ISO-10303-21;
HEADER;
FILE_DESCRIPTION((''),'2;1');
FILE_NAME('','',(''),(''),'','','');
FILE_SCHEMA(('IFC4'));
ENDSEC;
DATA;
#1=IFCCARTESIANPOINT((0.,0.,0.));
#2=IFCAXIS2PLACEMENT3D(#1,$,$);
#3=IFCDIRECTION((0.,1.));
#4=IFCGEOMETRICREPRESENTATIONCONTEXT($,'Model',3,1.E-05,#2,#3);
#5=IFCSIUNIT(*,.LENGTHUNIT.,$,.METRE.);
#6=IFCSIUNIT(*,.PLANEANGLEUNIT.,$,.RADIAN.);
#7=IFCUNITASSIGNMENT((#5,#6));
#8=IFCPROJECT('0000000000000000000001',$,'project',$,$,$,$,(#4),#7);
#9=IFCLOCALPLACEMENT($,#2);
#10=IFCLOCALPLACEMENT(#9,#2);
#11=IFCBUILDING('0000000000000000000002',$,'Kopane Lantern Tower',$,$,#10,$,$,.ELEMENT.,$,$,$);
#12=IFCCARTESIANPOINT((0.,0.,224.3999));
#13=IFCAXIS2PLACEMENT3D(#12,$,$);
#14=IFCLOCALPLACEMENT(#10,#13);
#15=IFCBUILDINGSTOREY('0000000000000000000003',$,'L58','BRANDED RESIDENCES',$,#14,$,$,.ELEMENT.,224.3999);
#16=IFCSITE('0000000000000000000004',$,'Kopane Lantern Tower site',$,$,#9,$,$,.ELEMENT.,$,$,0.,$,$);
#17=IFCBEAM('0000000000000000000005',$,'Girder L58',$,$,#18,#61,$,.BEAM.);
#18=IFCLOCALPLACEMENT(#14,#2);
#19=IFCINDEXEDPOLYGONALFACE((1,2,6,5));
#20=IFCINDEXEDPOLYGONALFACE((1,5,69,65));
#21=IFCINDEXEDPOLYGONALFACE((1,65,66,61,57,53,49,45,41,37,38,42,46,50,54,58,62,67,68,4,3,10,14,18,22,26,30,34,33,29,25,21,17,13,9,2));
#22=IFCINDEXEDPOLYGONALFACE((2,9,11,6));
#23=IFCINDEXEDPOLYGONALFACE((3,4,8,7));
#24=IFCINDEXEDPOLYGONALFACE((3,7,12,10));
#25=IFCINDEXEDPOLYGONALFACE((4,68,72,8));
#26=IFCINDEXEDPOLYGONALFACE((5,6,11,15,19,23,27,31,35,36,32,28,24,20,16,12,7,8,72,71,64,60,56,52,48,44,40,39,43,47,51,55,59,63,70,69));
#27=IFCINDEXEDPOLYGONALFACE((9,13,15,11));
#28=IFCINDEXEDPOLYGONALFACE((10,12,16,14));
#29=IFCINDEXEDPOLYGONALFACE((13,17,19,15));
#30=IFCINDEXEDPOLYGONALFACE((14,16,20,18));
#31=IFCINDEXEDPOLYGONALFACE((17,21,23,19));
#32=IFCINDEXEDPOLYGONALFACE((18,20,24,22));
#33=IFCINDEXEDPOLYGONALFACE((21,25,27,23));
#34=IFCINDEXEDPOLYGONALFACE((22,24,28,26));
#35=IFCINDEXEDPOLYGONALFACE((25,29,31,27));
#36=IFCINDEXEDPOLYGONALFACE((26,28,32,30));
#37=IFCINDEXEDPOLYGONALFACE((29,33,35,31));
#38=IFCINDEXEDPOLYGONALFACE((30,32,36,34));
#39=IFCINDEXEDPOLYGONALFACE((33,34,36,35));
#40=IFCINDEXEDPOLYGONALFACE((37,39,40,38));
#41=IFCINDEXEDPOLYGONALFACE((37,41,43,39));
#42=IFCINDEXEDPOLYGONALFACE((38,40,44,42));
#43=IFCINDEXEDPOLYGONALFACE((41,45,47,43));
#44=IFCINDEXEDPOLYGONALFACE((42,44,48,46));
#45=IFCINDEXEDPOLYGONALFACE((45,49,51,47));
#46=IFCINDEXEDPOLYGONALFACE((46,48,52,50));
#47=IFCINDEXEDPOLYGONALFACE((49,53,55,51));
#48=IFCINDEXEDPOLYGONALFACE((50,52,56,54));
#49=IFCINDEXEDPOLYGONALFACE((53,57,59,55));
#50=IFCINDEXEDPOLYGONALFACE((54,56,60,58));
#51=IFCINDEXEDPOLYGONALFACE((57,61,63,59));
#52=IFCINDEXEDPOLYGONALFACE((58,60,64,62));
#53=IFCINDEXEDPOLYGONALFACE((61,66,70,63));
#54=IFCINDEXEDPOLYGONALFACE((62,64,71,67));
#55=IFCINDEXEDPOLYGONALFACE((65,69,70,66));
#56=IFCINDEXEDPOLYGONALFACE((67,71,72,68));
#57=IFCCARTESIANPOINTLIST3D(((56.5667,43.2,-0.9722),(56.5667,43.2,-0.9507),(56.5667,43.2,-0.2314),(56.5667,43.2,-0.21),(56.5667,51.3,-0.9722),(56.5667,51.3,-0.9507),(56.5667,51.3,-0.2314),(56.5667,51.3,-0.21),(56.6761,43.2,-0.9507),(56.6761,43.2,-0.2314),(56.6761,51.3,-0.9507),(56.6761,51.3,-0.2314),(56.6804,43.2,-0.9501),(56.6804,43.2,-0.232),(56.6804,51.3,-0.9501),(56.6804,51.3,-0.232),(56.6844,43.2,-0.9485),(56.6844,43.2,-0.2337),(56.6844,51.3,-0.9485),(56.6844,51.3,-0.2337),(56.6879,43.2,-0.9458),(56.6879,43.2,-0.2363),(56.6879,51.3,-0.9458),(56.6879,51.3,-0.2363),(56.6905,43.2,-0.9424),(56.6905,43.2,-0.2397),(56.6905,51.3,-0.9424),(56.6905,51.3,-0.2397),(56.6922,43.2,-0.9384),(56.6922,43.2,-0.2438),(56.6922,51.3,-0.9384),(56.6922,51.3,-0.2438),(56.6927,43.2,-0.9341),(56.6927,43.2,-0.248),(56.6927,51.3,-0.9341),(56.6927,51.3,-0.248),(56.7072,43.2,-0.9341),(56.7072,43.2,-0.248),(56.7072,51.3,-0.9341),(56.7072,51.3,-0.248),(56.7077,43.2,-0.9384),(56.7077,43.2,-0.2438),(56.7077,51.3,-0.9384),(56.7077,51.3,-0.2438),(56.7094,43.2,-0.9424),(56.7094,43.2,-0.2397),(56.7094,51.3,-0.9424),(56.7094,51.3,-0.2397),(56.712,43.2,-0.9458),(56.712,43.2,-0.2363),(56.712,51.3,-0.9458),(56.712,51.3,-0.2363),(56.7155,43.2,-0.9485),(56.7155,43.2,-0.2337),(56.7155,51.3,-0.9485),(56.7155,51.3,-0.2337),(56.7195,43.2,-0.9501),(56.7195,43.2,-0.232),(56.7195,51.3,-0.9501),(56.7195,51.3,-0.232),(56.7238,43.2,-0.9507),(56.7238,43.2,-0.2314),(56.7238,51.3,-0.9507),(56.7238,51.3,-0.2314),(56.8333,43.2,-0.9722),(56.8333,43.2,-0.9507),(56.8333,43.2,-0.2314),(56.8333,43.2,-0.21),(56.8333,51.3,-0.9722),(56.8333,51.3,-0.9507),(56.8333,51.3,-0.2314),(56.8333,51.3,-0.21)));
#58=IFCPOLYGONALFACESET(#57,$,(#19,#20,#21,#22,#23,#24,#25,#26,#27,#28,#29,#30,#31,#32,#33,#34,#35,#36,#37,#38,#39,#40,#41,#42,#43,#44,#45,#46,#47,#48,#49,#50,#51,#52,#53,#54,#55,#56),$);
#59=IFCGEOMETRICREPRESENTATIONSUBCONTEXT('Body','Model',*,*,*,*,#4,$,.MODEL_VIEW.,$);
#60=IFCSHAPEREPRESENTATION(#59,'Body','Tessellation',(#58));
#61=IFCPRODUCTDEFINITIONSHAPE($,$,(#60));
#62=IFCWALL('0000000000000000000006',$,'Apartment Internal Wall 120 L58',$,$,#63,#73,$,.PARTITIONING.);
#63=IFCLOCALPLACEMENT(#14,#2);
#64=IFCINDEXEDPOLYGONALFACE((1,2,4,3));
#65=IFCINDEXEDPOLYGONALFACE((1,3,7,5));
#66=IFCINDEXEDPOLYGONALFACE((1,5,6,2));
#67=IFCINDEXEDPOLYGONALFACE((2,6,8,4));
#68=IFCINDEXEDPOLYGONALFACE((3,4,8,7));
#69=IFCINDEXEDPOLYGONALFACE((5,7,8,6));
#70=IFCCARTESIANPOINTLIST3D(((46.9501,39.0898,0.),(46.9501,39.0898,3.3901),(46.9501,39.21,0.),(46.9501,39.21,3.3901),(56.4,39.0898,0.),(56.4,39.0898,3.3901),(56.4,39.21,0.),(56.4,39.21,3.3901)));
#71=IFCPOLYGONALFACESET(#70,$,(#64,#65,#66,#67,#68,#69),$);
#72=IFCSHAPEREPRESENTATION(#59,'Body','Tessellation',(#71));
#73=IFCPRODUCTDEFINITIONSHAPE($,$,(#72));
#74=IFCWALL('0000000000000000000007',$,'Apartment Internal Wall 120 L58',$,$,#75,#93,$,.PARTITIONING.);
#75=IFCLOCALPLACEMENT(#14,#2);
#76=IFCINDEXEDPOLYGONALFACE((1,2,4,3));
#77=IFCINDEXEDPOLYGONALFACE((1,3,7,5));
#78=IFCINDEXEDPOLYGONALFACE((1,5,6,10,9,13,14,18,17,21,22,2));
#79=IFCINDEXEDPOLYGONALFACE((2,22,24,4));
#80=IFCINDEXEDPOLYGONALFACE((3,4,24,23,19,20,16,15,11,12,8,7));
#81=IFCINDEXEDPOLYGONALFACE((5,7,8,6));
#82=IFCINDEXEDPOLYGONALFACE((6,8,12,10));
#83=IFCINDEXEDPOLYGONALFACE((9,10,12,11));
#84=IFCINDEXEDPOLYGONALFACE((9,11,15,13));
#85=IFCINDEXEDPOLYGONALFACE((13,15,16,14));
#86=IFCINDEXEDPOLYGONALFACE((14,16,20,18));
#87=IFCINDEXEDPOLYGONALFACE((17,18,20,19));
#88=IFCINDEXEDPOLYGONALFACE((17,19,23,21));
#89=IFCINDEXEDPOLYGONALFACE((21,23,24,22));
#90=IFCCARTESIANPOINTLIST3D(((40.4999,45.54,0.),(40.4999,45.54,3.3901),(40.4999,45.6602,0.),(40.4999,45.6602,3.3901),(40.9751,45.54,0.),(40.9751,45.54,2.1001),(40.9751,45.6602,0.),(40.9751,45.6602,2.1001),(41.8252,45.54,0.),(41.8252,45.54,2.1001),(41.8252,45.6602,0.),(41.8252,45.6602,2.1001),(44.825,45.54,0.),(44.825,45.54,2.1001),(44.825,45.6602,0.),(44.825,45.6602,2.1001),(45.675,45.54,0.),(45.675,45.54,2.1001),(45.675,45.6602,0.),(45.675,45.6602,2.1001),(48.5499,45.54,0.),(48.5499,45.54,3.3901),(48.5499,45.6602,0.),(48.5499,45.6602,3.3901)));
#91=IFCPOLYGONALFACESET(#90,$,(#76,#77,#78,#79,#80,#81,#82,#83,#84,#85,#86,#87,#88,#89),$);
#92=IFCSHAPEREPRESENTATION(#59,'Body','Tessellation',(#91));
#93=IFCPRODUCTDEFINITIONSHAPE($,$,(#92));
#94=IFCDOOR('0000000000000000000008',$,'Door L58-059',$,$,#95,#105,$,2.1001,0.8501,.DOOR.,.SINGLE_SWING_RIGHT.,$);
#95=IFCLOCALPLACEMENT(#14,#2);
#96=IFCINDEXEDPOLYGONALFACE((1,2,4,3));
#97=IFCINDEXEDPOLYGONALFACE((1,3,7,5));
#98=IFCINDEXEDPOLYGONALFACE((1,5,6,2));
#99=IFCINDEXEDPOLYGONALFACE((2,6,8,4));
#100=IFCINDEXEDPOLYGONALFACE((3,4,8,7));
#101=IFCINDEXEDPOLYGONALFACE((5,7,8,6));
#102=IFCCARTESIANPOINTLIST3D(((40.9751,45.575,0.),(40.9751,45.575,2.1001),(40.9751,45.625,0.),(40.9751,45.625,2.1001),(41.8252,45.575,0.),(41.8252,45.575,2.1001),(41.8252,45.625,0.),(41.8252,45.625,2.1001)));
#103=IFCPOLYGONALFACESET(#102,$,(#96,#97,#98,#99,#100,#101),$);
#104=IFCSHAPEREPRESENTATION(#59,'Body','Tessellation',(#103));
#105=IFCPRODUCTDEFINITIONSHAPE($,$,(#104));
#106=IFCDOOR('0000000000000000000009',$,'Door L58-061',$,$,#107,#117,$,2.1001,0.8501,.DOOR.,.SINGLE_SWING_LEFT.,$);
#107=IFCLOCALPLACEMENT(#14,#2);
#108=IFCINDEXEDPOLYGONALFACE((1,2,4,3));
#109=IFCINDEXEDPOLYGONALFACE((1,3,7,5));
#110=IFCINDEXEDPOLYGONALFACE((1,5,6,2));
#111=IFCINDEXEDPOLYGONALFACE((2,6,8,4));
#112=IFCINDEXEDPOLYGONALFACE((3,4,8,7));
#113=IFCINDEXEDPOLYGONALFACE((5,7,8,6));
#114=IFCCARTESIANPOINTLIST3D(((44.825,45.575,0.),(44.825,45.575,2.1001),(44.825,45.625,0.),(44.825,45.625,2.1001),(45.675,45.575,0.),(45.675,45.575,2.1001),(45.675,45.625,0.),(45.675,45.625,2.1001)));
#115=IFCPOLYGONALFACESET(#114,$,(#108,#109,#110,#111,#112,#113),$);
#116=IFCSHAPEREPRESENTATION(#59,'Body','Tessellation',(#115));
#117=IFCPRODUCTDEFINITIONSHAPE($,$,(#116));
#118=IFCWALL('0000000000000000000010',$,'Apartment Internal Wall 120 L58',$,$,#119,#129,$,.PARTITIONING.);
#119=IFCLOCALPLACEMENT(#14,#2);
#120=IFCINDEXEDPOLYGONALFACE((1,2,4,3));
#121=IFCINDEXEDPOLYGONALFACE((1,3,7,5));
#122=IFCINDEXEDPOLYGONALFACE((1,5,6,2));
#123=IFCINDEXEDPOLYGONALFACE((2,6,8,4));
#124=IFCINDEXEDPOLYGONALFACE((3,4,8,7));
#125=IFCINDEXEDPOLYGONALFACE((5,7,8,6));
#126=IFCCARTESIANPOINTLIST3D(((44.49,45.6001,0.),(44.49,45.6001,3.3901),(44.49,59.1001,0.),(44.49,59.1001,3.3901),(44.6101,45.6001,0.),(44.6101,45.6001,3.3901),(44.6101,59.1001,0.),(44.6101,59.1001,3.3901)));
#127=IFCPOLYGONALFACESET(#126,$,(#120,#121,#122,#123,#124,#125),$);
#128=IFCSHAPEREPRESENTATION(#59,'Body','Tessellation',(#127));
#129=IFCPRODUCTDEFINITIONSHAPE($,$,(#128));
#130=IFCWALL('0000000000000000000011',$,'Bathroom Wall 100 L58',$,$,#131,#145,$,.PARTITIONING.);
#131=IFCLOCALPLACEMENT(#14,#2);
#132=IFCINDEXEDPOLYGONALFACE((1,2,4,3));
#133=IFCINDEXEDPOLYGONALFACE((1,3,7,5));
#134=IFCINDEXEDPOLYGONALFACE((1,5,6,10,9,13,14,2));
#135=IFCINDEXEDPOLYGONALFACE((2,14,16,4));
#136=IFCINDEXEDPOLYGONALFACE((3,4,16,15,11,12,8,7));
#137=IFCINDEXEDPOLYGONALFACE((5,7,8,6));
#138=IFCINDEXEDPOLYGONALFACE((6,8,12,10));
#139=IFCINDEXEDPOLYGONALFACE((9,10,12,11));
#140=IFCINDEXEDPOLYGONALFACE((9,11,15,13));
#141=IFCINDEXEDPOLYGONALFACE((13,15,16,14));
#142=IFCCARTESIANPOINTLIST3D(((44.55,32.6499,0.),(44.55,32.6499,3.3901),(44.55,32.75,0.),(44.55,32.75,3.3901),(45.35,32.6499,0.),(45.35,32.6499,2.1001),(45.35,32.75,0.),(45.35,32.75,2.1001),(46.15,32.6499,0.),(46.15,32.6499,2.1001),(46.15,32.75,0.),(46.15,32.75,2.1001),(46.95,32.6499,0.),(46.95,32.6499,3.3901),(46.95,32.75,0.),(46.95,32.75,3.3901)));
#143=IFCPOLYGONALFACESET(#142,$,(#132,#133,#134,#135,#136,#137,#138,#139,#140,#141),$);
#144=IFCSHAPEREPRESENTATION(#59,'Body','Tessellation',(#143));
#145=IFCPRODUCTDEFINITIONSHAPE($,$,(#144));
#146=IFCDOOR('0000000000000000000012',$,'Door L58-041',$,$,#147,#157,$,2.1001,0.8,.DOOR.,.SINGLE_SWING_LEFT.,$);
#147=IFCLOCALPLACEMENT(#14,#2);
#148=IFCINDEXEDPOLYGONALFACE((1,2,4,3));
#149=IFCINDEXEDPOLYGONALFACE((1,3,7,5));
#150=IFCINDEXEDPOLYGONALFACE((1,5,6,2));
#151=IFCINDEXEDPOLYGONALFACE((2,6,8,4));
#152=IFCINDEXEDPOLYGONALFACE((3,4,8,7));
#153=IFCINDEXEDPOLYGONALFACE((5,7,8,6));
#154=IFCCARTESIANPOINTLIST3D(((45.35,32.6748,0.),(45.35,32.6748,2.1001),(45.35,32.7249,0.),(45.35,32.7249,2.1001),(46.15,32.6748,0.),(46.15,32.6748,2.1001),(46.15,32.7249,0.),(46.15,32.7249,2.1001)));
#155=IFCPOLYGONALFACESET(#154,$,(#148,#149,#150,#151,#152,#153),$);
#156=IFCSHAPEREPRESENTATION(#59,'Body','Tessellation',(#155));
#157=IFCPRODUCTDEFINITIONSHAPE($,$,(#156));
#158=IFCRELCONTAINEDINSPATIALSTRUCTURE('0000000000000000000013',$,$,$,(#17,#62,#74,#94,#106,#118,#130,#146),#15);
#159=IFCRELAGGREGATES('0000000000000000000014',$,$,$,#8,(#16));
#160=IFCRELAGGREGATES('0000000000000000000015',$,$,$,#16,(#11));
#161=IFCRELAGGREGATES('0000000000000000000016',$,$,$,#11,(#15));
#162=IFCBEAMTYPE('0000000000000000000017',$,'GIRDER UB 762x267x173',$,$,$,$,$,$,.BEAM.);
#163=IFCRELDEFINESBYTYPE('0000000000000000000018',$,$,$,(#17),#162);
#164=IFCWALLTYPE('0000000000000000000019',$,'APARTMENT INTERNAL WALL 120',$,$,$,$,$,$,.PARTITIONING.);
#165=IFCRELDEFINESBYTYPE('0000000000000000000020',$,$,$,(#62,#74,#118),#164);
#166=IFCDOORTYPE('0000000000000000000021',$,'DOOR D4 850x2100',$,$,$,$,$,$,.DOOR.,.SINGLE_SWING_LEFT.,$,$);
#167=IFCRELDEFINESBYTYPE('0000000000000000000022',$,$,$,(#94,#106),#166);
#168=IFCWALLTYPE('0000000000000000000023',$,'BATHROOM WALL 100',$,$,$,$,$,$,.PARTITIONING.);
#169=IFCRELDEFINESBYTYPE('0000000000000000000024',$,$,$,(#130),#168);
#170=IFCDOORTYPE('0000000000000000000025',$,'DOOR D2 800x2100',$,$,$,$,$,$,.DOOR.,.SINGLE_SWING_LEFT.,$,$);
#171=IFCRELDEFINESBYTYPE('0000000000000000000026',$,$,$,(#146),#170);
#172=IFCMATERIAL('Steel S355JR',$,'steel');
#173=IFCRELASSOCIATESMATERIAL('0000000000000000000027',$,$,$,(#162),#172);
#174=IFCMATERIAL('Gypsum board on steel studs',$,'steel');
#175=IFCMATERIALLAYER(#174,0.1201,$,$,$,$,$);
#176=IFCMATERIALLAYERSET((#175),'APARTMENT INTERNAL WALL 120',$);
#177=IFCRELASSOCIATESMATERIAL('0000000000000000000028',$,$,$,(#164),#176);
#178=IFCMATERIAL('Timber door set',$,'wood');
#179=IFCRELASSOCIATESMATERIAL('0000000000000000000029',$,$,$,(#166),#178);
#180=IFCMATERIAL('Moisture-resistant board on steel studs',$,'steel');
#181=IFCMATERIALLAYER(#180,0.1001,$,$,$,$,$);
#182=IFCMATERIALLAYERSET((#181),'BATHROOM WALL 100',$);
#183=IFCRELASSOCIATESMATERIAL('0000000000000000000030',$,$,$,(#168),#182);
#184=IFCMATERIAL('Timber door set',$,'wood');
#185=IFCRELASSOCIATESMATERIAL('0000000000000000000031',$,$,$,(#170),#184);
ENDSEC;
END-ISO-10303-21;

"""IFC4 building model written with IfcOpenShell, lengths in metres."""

from ifc_helpers import new_model, si_unit, direction, frame, frame_2d, origin, origin_2d, place, context, subcontext, project, spatial, rectangle, i_section, extrude, material, layer, layer_set, material_profile, profile_set, type_object, element, fill, save


model = new_model("IFC4")

# Units and contexts
model_context = context("Model", 3, precision=1e-05, world=origin(), true_north=direction((0.0, 1.0)))
body_context = subcontext(model_context, "Body", "Model", "MODEL_VIEW")
ifc_project = project(units=[si_unit("LENGTHUNIT", "METRE"), si_unit("PLANEANGLEUNIT", "RADIAN")], contexts=[model_context])

# Site, building, storey
site_placement = place(None, origin())
site = spatial("IfcSite", under=ifc_project, at=site_placement, Name="Kopane Lantern Tower site", CompositionType="ELEMENT", RefElevation=0.0)
building_placement = place(site_placement, origin())
building = spatial("IfcBuilding", under=site, at=building_placement, Name="Kopane Lantern Tower", CompositionType="ELEMENT")
storey_placement = place(building_placement, frame((0.0, 0.0, 224.3999)))
storey = spatial("IfcBuildingStorey", under=building, at=storey_placement, Name="L58", Description="BRANDED RESIDENCES", CompositionType="ELEMENT", Elevation=224.3999)

# Beam
ifc_material_1 = material(Name="Steel S355JR", Category="steel")
ifc_material_profile_1 = material_profile(ifc_material_1, i_section(OverallWidth=0.2666, OverallDepth=0.7622, WebThickness=0.0144, FlangeThickness=0.0215, FilletRadius=0.0166, at=origin_2d()), Name="UB 762x267x173")
ifc_profile_set_1 = profile_set([ifc_material_profile_1], Name="Steel S355JR")
beam_type = type_object("IfcBeamType", Name="GIRDER UB 762x267x173", PredefinedType="BEAM", material=ifc_profile_set_1)
beam_1_placement = place(storey_placement, frame((56.7, 43.2, -0.5911), z_axis=(0.0, 1.0, 0.0), x_axis=(-1.0, 0.0, 0.0)))
element("IfcBeam", 1, at=beam_1_placement, inside=storey, type_object=beam_type, Name="Girder L58", PredefinedType="BEAM", context=body_context, shape_type="SweptSolid", body=[
    extrude(i_section(OverallWidth=0.2666, OverallDepth=0.7622, WebThickness=0.0144, FlangeThickness=0.0215, FilletRadius=0.0166, at=origin_2d()), origin(), (0.0, 0.0, 1.0), 8.1001),
])

# Wall
ifc_material_2 = material(Name="Gypsum board on steel studs", Category="steel")
ifc_layer_1 = layer(ifc_material_2, 0.1201)
ifc_layer_set_1 = layer_set([ifc_layer_1], Name="APARTMENT INTERNAL WALL 120")
wall_type_1 = type_object("IfcWallType", Name="APARTMENT INTERNAL WALL 120", PredefinedType="PARTITIONING", material=ifc_layer_set_1)
wall_1_placement = place(storey_placement, frame((46.95, 39.1499, 0.0), z_axis=(0.0, 0.0, 1.0), x_axis=(1.0, 0.0, 0.0)))
element("IfcWall", 2, at=wall_1_placement, inside=storey, type_object=wall_type_1, Name="Apartment Internal Wall 120 L58", PredefinedType="PARTITIONING", context=body_context, shape_type="SweptSolid", body=[
    extrude(rectangle(XDim=9.45, YDim=0.1201, at=frame_2d((4.7251, 0.0))), origin(), (0.0, 0.0, 1.0), 3.3901),
])

# Wall, openings, doors
wall_2_placement = place(storey_placement, frame((40.5, 45.6001, 0.0), z_axis=(0.0, 0.0, 1.0), x_axis=(1.0, 0.0, 0.0)))
wall_2 = element("IfcWall", 3, at=wall_2_placement, inside=storey, type_object=wall_type_1, Name="Apartment Internal Wall 120 L58", PredefinedType="PARTITIONING", context=body_context, shape_type="SweptSolid", body=[
    extrude(rectangle(XDim=8.05, YDim=0.1201, at=frame_2d((4.0249, 0.0))), origin(), (0.0, 0.0, 1.0), 3.3901),
])
opening_1_placement = place(wall_2_placement, frame((0.4751, 0.0, 0.0)))
opening_1 = element("IfcOpeningElement", 4, at=opening_1_placement, cuts=wall_2, PredefinedType="OPENING", context=body_context, shape_type="SweptSolid", body=[
    extrude(rectangle(XDim=0.8501, YDim=2.1001, at=frame_2d((0.425, 1.05))), frame((0.0, 0.0701, 0.0), z_axis=(0.0, -1.0, 0.0), x_axis=(1.0, 0.0, 0.0)), (0.0, 0.0, 1.0), 0.1401),
])
opening_2_placement = place(wall_2_placement, frame((4.325, 0.0, 0.0)))
opening_2 = element("IfcOpeningElement", 5, at=opening_2_placement, cuts=wall_2, PredefinedType="OPENING", context=body_context, shape_type="SweptSolid", body=[
    extrude(rectangle(XDim=0.8501, YDim=2.1001, at=frame_2d((0.425, 1.05))), frame((0.0, 0.0701, 0.0), z_axis=(0.0, -1.0, 0.0), x_axis=(1.0, 0.0, 0.0)), (0.0, 0.0, 1.0), 0.1401),
])
ifc_material_3 = material(Name="Timber door set", Category="wood")
door_type_1 = type_object("IfcDoorType", Name="DOOR D4 850x2100", OperationType="SINGLE_SWING_LEFT", PredefinedType="DOOR", material=ifc_material_3)
door_1_placement = place(opening_1_placement, origin())
door_1 = element("IfcDoor", 6, at=door_1_placement, inside=storey, type_object=door_type_1, Name="Door L58-059", OperationType="SINGLE_SWING_RIGHT", OverallHeight=2.1001, OverallWidth=0.8501, PredefinedType="DOOR", context=body_context, shape_type="SweptSolid", body=[
    extrude(rectangle(XDim=0.8501, YDim=2.1001, at=frame_2d((0.425, 1.05))), frame((0.0, 0.0249, 0.0), z_axis=(0.0, -1.0, 0.0), x_axis=(1.0, 0.0, 0.0)), (0.0, 0.0, 1.0), 0.05),
])
fill(opening_1, door_1)
door_2_placement = place(opening_2_placement, origin())
door_2 = element("IfcDoor", 7, at=door_2_placement, inside=storey, type_object=door_type_1, Name="Door L58-061", OperationType="SINGLE_SWING_LEFT", OverallHeight=2.1001, OverallWidth=0.8501, PredefinedType="DOOR", context=body_context, shape_type="SweptSolid", body=[
    extrude(rectangle(XDim=0.8501, YDim=2.1001, at=frame_2d((0.425, 1.05))), frame((0.0, 0.0249, 0.0), z_axis=(0.0, -1.0, 0.0), x_axis=(1.0, 0.0, 0.0)), (0.0, 0.0, 1.0), 0.05),
])
fill(opening_2, door_2)

# Wall
wall_3_placement = place(storey_placement, frame((44.55, 45.6001, 0.0), z_axis=(0.0, 0.0, 1.0), x_axis=(0.0, 1.0, 0.0)))
element("IfcWall", 8, at=wall_3_placement, inside=storey, type_object=wall_type_1, Name="Apartment Internal Wall 120 L58", PredefinedType="PARTITIONING", context=body_context, shape_type="SweptSolid", body=[
    extrude(rectangle(XDim=13.5, YDim=0.1201, at=frame_2d((6.75, 0.0))), origin(), (0.0, 0.0, 1.0), 3.3901),
])

# Wall, opening, door
ifc_material_4 = material(Name="Moisture-resistant board on steel studs", Category="steel")
ifc_layer_2 = layer(ifc_material_4, 0.1001)
ifc_layer_set_2 = layer_set([ifc_layer_2], Name="BATHROOM WALL 100")
wall_type_2 = type_object("IfcWallType", Name="BATHROOM WALL 100", PredefinedType="PARTITIONING", material=ifc_layer_set_2)
wall_4_placement = place(storey_placement, frame((44.55, 32.7, 0.0), z_axis=(0.0, 0.0, 1.0), x_axis=(1.0, 0.0, 0.0)))
wall_4 = element("IfcWall", 9, at=wall_4_placement, inside=storey, type_object=wall_type_2, Name="Bathroom Wall 100 L58", PredefinedType="PARTITIONING", context=body_context, shape_type="SweptSolid", body=[
    extrude(rectangle(XDim=2.3999, YDim=0.1001, at=frame_2d((1.2, 0.0))), origin(), (0.0, 0.0, 1.0), 3.3901),
])
opening_3_placement = place(wall_4_placement, frame((0.8, 0.0, 0.0)))
opening_3 = element("IfcOpeningElement", 10, at=opening_3_placement, cuts=wall_4, PredefinedType="OPENING", context=body_context, shape_type="SweptSolid", body=[
    extrude(rectangle(XDim=0.8, YDim=2.1001, at=frame_2d((0.3999, 1.05))), frame((0.0, 0.0601, 0.0), z_axis=(0.0, -1.0, 0.0), x_axis=(1.0, 0.0, 0.0)), (0.0, 0.0, 1.0), 0.1201),
])
ifc_material_5 = material(Name="Timber door set", Category="wood")
door_type_2 = type_object("IfcDoorType", Name="DOOR D2 800x2100", OperationType="SINGLE_SWING_LEFT", PredefinedType="DOOR", material=ifc_material_5)
door_3_placement = place(opening_3_placement, origin())
door_3 = element("IfcDoor", 11, at=door_3_placement, inside=storey, type_object=door_type_2, Name="Door L58-041", OperationType="SINGLE_SWING_LEFT", OverallHeight=2.1001, OverallWidth=0.8, PredefinedType="DOOR", context=body_context, shape_type="SweptSolid", body=[
    extrude(rectangle(XDim=0.8, YDim=2.1001, at=frame_2d((0.3999, 1.05))), frame((0.0, 0.0249, 0.0), z_axis=(0.0, -1.0, 0.0), x_axis=(1.0, 0.0, 0.0)), (0.0, 0.0, 1.0), 0.05),
])
fill(opening_3, door_3)

save(model, "model.ifc")
